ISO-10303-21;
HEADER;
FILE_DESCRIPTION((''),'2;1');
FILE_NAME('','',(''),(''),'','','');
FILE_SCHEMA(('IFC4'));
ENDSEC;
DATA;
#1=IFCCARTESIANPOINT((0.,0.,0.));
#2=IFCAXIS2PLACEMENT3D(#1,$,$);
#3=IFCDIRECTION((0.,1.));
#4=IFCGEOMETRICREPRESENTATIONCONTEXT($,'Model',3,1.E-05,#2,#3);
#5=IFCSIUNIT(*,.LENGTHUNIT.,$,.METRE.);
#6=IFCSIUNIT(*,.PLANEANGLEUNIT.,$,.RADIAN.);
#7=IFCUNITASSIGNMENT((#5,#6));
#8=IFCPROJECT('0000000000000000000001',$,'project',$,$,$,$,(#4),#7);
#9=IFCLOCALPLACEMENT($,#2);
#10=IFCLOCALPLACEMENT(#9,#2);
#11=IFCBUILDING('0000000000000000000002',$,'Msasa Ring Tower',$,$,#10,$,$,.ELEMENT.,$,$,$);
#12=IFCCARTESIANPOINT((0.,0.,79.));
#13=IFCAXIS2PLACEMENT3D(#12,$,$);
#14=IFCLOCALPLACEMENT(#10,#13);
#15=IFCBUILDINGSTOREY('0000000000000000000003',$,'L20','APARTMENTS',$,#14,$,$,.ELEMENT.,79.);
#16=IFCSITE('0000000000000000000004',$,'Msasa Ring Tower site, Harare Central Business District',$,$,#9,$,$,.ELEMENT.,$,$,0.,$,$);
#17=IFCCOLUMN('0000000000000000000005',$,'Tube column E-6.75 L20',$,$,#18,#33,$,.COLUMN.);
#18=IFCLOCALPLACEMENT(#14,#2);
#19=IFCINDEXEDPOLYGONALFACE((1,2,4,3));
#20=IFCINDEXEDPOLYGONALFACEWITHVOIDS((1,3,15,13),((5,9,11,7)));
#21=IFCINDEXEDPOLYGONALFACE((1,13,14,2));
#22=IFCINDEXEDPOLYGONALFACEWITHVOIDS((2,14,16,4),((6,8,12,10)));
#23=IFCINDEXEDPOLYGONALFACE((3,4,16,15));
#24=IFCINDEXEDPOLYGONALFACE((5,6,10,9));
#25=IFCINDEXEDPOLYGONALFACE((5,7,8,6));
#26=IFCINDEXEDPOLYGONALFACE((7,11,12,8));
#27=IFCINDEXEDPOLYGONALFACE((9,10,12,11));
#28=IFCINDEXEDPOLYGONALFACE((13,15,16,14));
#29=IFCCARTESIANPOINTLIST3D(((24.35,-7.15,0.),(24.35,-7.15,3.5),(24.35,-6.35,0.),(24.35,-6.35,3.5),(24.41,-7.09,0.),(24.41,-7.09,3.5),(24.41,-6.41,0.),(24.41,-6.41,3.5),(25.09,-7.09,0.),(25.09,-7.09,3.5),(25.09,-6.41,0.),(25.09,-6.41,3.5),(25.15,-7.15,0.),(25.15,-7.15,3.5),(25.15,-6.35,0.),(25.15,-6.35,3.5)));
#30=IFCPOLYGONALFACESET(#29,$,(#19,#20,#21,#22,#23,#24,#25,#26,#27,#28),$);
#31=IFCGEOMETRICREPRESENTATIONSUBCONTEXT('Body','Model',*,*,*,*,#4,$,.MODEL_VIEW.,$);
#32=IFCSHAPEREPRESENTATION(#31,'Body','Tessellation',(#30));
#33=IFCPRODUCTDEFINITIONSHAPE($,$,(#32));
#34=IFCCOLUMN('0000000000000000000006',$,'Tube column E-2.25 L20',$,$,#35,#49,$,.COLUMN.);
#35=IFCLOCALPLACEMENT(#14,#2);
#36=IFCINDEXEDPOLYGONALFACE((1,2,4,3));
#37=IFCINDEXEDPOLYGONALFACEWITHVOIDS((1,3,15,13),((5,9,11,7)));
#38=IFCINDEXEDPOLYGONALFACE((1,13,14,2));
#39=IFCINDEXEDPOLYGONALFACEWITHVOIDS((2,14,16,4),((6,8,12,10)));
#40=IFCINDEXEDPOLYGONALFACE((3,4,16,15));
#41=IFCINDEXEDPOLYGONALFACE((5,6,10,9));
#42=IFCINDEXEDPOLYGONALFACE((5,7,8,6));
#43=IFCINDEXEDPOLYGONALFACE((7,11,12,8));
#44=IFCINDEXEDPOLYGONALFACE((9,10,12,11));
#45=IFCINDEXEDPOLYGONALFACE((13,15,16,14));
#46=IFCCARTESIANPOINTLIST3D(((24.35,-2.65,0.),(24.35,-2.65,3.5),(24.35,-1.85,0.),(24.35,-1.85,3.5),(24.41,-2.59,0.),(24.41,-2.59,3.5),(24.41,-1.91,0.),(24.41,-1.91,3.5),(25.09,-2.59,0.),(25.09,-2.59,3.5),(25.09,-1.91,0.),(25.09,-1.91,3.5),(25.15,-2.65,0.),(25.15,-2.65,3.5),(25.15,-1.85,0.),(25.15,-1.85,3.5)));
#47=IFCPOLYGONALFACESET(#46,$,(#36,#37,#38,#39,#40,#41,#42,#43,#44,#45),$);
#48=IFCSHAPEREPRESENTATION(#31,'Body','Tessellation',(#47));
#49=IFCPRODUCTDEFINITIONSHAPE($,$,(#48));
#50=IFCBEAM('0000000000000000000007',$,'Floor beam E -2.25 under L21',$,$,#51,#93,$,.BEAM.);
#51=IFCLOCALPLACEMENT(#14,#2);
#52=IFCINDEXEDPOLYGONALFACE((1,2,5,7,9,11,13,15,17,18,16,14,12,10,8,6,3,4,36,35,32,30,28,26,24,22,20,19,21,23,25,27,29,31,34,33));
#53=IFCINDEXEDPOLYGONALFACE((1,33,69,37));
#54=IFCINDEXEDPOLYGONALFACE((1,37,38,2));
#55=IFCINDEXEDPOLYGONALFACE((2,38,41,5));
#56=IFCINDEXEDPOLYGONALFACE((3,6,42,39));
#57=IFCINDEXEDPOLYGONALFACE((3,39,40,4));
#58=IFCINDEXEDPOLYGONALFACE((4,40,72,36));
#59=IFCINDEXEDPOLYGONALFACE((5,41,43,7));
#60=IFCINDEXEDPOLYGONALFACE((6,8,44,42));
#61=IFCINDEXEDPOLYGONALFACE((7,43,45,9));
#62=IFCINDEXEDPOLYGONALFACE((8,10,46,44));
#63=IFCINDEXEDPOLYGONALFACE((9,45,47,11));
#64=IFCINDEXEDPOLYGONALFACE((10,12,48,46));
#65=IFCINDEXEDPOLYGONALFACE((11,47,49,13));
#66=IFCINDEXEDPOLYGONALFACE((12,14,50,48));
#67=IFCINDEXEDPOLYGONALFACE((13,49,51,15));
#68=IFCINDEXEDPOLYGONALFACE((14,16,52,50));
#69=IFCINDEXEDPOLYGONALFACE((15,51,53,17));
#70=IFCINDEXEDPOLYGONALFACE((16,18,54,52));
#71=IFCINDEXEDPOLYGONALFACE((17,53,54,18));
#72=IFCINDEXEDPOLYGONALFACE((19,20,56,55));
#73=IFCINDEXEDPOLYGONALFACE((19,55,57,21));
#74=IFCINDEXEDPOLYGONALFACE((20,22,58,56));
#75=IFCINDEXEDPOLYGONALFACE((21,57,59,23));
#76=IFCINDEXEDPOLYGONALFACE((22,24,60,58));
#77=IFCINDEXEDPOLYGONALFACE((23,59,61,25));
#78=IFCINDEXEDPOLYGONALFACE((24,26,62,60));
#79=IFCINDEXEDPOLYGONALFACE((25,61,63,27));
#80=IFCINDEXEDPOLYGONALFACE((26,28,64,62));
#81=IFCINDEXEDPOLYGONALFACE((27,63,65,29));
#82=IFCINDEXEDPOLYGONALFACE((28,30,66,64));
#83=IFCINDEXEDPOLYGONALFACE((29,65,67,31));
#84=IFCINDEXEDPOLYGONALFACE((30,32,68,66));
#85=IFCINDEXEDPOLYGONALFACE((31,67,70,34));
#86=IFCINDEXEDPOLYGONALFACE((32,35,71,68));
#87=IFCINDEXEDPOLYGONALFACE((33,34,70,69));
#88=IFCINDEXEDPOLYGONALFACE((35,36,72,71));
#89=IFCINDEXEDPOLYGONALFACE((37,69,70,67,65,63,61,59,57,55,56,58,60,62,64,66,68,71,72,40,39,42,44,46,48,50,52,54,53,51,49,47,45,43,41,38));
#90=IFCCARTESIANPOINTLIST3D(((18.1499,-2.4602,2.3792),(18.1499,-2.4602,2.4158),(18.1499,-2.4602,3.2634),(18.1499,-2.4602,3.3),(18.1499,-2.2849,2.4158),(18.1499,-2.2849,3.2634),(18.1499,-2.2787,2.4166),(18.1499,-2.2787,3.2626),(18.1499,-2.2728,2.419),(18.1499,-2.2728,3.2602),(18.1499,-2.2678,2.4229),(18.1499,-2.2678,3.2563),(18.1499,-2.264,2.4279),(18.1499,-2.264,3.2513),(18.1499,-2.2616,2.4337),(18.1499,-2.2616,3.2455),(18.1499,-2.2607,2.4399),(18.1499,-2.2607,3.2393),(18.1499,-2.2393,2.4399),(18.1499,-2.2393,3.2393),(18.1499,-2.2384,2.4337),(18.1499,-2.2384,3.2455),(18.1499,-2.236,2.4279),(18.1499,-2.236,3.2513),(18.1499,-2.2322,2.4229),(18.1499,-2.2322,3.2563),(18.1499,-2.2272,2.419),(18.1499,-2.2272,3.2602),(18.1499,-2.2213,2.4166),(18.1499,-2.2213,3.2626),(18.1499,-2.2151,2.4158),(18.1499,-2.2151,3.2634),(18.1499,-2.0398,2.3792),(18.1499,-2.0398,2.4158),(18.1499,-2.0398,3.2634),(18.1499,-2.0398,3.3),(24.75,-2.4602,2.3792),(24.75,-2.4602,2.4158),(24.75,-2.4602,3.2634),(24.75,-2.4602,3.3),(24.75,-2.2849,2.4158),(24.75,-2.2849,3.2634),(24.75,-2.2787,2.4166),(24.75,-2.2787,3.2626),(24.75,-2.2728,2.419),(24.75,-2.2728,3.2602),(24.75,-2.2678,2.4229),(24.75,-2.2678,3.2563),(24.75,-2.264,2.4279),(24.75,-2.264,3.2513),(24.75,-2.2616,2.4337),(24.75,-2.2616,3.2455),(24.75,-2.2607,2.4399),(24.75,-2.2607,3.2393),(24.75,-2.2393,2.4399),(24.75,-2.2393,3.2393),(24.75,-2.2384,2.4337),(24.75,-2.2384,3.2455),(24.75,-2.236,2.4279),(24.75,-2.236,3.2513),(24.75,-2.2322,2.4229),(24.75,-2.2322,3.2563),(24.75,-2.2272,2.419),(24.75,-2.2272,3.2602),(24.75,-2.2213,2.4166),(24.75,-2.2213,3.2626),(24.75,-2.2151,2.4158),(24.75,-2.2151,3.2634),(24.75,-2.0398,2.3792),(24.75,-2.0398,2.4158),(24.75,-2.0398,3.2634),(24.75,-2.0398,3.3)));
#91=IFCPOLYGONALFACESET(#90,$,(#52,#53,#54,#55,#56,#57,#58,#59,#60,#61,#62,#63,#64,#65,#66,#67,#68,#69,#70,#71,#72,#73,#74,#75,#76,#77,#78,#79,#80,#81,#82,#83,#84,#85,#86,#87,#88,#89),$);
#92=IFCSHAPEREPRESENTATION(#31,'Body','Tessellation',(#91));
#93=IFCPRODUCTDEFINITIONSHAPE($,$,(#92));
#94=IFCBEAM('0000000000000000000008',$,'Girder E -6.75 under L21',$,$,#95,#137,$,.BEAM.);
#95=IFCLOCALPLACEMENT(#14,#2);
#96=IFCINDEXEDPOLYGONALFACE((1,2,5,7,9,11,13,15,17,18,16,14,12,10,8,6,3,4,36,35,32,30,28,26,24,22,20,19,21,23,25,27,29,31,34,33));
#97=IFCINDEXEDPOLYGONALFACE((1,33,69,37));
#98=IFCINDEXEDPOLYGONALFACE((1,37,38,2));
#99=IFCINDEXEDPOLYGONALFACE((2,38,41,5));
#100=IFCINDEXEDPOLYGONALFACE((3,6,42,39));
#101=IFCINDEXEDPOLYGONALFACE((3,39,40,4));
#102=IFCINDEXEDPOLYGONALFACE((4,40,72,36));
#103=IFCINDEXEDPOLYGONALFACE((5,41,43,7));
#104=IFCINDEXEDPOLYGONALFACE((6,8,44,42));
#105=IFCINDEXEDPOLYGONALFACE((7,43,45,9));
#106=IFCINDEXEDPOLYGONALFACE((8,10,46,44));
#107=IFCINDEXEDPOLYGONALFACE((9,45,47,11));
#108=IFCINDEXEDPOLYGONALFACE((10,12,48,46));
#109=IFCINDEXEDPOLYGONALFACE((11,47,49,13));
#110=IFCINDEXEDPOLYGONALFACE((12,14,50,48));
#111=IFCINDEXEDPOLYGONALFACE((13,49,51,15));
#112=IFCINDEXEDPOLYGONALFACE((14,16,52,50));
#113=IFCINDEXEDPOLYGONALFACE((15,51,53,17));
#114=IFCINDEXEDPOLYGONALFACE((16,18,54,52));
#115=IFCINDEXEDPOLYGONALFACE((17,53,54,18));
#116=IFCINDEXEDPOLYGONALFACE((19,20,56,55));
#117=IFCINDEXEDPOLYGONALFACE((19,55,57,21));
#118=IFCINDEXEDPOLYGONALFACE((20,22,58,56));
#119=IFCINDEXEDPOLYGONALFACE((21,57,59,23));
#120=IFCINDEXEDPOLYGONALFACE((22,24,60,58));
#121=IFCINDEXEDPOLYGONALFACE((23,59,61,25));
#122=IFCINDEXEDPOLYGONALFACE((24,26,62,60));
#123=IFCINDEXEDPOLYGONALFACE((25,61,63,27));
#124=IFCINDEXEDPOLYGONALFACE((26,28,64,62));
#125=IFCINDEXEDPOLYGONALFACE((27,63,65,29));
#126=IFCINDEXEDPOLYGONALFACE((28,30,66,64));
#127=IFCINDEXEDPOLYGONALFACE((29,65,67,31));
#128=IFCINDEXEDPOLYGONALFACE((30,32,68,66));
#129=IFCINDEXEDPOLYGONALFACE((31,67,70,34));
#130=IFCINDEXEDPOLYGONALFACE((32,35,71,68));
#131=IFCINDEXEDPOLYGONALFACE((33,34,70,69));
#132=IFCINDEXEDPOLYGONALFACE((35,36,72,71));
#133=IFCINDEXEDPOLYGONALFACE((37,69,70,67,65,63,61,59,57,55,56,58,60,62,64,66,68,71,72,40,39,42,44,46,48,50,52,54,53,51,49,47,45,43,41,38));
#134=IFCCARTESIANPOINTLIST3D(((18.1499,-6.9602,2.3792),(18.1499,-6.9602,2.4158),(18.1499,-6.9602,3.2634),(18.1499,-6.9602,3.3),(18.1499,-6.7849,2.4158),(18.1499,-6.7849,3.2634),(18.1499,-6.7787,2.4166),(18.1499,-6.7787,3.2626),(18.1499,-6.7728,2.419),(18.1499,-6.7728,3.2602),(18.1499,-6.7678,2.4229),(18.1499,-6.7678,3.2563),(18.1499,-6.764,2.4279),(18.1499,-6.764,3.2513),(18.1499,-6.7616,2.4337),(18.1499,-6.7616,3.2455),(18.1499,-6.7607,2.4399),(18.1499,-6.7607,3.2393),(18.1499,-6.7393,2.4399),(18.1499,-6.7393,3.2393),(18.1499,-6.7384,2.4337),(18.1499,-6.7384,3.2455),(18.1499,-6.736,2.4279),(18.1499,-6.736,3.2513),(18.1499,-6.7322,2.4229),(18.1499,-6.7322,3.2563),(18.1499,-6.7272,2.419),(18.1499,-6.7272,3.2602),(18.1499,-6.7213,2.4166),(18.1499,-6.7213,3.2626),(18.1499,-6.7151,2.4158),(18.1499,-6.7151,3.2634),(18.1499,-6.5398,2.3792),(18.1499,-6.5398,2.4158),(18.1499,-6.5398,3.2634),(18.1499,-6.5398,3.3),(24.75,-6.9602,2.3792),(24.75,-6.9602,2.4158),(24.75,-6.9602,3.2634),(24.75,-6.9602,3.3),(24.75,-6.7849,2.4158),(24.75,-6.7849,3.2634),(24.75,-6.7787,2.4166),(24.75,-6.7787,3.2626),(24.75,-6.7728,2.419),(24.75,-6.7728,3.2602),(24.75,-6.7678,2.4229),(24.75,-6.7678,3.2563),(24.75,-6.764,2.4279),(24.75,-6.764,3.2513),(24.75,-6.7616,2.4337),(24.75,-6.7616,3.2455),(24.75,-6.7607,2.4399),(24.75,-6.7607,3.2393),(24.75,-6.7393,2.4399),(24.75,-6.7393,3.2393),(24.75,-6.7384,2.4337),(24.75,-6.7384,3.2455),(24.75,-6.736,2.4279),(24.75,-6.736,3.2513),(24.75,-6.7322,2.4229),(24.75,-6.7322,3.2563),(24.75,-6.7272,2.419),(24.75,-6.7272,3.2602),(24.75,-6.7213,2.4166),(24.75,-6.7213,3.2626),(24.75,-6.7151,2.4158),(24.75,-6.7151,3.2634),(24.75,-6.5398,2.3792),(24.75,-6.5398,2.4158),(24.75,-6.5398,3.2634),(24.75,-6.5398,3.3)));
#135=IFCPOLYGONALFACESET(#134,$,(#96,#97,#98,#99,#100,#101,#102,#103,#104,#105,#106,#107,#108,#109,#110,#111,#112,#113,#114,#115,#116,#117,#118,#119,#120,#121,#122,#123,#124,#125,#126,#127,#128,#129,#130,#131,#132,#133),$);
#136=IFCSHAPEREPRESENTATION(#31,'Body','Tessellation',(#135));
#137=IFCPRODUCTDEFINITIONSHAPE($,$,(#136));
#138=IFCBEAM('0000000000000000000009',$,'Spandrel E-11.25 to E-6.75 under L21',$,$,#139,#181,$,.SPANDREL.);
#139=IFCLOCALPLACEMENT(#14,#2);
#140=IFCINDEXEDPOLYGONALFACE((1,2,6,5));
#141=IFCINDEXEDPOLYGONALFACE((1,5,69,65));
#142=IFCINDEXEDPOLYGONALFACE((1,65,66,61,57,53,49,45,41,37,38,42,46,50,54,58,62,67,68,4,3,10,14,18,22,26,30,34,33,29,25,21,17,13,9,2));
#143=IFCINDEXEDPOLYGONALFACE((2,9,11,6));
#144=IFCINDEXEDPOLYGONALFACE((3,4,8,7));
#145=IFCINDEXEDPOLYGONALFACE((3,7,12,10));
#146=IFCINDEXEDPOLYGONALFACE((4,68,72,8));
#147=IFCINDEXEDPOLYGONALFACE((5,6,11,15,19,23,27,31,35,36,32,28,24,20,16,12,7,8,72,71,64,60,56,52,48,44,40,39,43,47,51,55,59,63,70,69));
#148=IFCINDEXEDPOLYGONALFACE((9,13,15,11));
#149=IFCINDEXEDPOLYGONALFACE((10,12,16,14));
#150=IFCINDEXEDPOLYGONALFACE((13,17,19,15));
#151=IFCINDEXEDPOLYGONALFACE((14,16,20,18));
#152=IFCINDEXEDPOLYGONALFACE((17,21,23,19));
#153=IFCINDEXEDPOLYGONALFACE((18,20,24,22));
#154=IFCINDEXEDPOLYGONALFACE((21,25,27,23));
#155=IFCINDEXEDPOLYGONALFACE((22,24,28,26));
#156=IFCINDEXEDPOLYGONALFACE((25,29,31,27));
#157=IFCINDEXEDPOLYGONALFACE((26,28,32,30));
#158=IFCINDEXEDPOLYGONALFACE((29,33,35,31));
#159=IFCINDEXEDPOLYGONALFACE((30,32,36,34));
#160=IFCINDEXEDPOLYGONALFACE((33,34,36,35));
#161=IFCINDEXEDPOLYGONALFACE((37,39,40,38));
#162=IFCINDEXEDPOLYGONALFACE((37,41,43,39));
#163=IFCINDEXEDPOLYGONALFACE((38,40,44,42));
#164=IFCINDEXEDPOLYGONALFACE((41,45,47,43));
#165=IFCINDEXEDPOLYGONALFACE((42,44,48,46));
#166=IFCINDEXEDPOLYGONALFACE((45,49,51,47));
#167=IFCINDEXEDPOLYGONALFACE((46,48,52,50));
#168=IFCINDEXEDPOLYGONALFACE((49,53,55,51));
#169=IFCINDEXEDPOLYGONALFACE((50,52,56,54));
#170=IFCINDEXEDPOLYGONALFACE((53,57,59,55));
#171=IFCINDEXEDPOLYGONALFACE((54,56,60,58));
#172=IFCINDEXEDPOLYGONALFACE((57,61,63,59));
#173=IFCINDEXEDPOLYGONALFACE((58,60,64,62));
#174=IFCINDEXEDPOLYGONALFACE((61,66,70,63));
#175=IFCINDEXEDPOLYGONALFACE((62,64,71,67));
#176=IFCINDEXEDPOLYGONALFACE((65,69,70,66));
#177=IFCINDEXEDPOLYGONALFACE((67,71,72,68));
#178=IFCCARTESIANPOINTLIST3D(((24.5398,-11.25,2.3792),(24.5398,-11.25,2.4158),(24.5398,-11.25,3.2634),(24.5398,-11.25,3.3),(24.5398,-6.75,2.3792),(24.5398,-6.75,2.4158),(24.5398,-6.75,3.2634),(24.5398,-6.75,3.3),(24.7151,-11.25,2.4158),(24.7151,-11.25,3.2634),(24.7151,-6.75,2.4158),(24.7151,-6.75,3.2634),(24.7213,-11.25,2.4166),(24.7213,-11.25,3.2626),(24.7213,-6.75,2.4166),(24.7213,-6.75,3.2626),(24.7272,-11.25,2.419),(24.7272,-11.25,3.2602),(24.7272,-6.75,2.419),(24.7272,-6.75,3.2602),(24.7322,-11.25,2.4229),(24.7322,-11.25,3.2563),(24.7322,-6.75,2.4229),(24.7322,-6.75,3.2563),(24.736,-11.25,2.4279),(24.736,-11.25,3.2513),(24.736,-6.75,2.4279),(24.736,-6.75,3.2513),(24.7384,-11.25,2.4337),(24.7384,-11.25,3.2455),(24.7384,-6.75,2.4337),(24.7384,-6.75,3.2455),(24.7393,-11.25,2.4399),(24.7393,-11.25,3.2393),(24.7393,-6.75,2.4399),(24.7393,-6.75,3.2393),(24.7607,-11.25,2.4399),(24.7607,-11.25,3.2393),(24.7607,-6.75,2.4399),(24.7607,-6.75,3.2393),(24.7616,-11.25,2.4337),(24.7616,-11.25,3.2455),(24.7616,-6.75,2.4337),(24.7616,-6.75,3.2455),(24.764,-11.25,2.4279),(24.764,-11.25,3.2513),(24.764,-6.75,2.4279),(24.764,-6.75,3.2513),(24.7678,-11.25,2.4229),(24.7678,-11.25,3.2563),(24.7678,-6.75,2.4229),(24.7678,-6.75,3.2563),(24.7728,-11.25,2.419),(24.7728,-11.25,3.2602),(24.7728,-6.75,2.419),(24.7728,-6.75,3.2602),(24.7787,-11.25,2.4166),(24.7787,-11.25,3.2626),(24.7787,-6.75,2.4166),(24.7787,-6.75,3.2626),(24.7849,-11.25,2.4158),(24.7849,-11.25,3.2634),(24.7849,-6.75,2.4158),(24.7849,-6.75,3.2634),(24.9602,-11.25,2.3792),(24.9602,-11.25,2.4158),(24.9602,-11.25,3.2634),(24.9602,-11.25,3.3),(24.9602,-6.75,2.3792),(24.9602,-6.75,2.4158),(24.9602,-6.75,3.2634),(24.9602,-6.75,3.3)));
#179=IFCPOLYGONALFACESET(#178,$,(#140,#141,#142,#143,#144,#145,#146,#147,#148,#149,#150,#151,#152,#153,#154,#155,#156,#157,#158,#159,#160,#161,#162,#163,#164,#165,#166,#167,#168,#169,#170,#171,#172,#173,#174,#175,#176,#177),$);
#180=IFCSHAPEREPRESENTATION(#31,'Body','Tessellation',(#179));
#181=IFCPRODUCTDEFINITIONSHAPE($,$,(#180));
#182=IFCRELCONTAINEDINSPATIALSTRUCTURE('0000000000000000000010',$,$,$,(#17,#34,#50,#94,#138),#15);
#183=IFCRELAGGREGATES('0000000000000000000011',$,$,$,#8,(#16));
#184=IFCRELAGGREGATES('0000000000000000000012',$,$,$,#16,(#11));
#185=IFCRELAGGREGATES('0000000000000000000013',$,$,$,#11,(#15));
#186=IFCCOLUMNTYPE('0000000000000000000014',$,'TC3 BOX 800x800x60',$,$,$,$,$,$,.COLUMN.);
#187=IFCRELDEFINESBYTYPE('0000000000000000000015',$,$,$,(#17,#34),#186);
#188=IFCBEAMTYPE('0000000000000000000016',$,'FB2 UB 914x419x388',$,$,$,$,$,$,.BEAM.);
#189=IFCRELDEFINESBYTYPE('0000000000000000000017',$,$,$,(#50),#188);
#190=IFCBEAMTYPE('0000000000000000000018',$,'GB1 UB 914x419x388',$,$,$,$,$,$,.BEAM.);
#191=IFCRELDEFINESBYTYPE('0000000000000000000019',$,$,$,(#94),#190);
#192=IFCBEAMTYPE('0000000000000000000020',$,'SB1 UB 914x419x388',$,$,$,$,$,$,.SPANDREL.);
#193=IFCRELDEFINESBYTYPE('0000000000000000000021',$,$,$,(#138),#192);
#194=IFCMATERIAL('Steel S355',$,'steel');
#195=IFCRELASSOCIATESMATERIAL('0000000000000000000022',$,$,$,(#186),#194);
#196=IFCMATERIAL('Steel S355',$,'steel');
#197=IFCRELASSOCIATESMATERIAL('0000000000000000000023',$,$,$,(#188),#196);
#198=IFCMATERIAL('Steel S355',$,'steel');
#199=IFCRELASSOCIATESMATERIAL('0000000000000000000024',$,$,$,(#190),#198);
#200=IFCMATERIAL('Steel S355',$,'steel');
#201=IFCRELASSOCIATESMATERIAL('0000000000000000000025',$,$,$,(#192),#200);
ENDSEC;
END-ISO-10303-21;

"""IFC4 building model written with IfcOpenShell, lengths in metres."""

from ifc_helpers import new_model, si_unit, direction, frame, origin, origin_2d, place, context, subcontext, project, spatial, hollow_rectangle, i_section, extrude, material, material_profile, profile_set, type_object, element, save


model = new_model("IFC4")

# Units and contexts
model_context = context("Model", 3, precision=1e-05, world=origin(), true_north=direction((0.0, 1.0)))
body_context = subcontext(model_context, "Body", "Model", "MODEL_VIEW")
ifc_project = project(units=[si_unit("LENGTHUNIT", "METRE"), si_unit("PLANEANGLEUNIT", "RADIAN")], contexts=[model_context])

# Site, building, storey
site_placement = place(None, origin())
site = spatial("IfcSite", under=ifc_project, at=site_placement, Name="Msasa Ring Tower site, Harare Central Business District", CompositionType="ELEMENT", RefElevation=0.0)
building_placement = place(site_placement, origin())
building = spatial("IfcBuilding", under=site, at=building_placement, Name="Msasa Ring Tower", CompositionType="ELEMENT")
storey_placement = place(building_placement, frame((0.0, 0.0, 79.0)))
storey = spatial("IfcBuildingStorey", under=building, at=storey_placement, Name="L20", Description="APARTMENTS", CompositionType="ELEMENT", Elevation=79.0)

# Columns
ifc_material_1 = material(Name="Steel S355", Category="steel")
ifc_material_profile_1 = material_profile(ifc_material_1, hollow_rectangle(XDim=0.8, YDim=0.8, WallThickness=0.0601, at=origin_2d()), Name="BOX 800x800x60")
ifc_profile_set_1 = profile_set([ifc_material_profile_1], Name="Steel S355")
column_type = type_object("IfcColumnType", Name="TC3 BOX 800x800x60", PredefinedType="COLUMN", material=ifc_profile_set_1)
for number, where, z_axis, x_axis, name in (
    (1, (24.75, -6.75, 0.0), (0.0, 0.0, 1.0), (1.0, 0.0, 0.0), "Tube column E-6.75 L20"),
    (2, (24.75, -2.25, 0.0), (0.0, 0.0, 1.0), (1.0, 0.0, 0.0), "Tube column E-2.25 L20"),
):
    element("IfcColumn", number, at=place(storey_placement, frame(where, z_axis=z_axis, x_axis=x_axis)), inside=storey, type_object=column_type, Name=name, PredefinedType="COLUMN", context=body_context, shape_type="SweptSolid", body=[
        extrude(hollow_rectangle(XDim=0.8, YDim=0.8, WallThickness=0.0601, at=origin_2d()), origin(), (0.0, 0.0, 1.0), 3.5),
    ])

# Beams
ifc_material_2 = material(Name="Steel S355", Category="steel")
ifc_material_profile_2 = material_profile(ifc_material_2, i_section(OverallWidth=0.4204, OverallDepth=0.9209, WebThickness=0.0215, FlangeThickness=0.0366, FilletRadius=0.0242, at=origin_2d()), Name="UB 914x419x388")
ifc_profile_set_2 = profile_set([ifc_material_profile_2], Name="Steel S355")
beam_type_1 = type_object("IfcBeamType", Name="FB2 UB 914x419x388", PredefinedType="BEAM", material=ifc_profile_set_2)
beam_1_placement = place(storey_placement, frame((24.75, -2.25, 2.8396), z_axis=(-1.0, 0.0, 0.0), x_axis=(0.0, -1.0, 0.0)))
element("IfcBeam", 3, at=beam_1_placement, inside=storey, type_object=beam_type_1, Name="Floor beam E -2.25 under L21", PredefinedType="BEAM", context=body_context, shape_type="SweptSolid", body=[
    extrude(i_section(OverallWidth=0.4204, OverallDepth=0.9209, WebThickness=0.0215, FlangeThickness=0.0366, FilletRadius=0.0242, at=origin_2d()), origin(), (0.0, 0.0, 1.0), 6.6001),
])
ifc_material_3 = material(Name="Steel S355", Category="steel")
ifc_material_profile_3 = material_profile(ifc_material_3, i_section(OverallWidth=0.4204, OverallDepth=0.9209, WebThickness=0.0215, FlangeThickness=0.0366, FilletRadius=0.0242, at=origin_2d()), Name="UB 914x419x388")
ifc_profile_set_3 = profile_set([ifc_material_profile_3], Name="Steel S355")
beam_type_2 = type_object("IfcBeamType", Name="GB1 UB 914x419x388", PredefinedType="BEAM", material=ifc_profile_set_3)
beam_2_placement = place(storey_placement, frame((18.1499, -6.75, 2.8396), z_axis=(1.0, 0.0, 0.0), x_axis=(0.0, 1.0, 0.0)))
element("IfcBeam", 4, at=beam_2_placement, inside=storey, type_object=beam_type_2, Name="Girder E -6.75 under L21", PredefinedType="BEAM", context=body_context, shape_type="SweptSolid", body=[
    extrude(i_section(OverallWidth=0.4204, OverallDepth=0.9209, WebThickness=0.0215, FlangeThickness=0.0366, FilletRadius=0.0242, at=origin_2d()), origin(), (0.0, 0.0, 1.0), 6.6001),
])
ifc_material_4 = material(Name="Steel S355", Category="steel")
ifc_material_profile_4 = material_profile(ifc_material_4, i_section(OverallWidth=0.4204, OverallDepth=0.9209, WebThickness=0.0215, FlangeThickness=0.0366, FilletRadius=0.0242, at=origin_2d()), Name="UB 914x419x388")
ifc_profile_set_4 = profile_set([ifc_material_profile_4], Name="Steel S355")
beam_type_3 = type_object("IfcBeamType", Name="SB1 UB 914x419x388", PredefinedType="SPANDREL", material=ifc_profile_set_4)
for number, where, z_axis, x_axis, name in (
    (5, (24.75, -11.25, 2.8396), (0.0, 1.0, 0.0), (-1.0, 0.0, 0.0), "Spandrel E-11.25 to E-6.75 under L21"),
):
    element("IfcBeam", number, at=place(storey_placement, frame(where, z_axis=z_axis, x_axis=x_axis)), inside=storey, type_object=beam_type_3, Name=name, PredefinedType="SPANDREL", context=body_context, shape_type="SweptSolid", body=[
        extrude(i_section(OverallWidth=0.4204, OverallDepth=0.9209, WebThickness=0.0215, FlangeThickness=0.0366, FilletRadius=0.0242, at=origin_2d()), origin(), (0.0, 0.0, 1.0), 4.5),
    ])

save(model, "model.ifc")
